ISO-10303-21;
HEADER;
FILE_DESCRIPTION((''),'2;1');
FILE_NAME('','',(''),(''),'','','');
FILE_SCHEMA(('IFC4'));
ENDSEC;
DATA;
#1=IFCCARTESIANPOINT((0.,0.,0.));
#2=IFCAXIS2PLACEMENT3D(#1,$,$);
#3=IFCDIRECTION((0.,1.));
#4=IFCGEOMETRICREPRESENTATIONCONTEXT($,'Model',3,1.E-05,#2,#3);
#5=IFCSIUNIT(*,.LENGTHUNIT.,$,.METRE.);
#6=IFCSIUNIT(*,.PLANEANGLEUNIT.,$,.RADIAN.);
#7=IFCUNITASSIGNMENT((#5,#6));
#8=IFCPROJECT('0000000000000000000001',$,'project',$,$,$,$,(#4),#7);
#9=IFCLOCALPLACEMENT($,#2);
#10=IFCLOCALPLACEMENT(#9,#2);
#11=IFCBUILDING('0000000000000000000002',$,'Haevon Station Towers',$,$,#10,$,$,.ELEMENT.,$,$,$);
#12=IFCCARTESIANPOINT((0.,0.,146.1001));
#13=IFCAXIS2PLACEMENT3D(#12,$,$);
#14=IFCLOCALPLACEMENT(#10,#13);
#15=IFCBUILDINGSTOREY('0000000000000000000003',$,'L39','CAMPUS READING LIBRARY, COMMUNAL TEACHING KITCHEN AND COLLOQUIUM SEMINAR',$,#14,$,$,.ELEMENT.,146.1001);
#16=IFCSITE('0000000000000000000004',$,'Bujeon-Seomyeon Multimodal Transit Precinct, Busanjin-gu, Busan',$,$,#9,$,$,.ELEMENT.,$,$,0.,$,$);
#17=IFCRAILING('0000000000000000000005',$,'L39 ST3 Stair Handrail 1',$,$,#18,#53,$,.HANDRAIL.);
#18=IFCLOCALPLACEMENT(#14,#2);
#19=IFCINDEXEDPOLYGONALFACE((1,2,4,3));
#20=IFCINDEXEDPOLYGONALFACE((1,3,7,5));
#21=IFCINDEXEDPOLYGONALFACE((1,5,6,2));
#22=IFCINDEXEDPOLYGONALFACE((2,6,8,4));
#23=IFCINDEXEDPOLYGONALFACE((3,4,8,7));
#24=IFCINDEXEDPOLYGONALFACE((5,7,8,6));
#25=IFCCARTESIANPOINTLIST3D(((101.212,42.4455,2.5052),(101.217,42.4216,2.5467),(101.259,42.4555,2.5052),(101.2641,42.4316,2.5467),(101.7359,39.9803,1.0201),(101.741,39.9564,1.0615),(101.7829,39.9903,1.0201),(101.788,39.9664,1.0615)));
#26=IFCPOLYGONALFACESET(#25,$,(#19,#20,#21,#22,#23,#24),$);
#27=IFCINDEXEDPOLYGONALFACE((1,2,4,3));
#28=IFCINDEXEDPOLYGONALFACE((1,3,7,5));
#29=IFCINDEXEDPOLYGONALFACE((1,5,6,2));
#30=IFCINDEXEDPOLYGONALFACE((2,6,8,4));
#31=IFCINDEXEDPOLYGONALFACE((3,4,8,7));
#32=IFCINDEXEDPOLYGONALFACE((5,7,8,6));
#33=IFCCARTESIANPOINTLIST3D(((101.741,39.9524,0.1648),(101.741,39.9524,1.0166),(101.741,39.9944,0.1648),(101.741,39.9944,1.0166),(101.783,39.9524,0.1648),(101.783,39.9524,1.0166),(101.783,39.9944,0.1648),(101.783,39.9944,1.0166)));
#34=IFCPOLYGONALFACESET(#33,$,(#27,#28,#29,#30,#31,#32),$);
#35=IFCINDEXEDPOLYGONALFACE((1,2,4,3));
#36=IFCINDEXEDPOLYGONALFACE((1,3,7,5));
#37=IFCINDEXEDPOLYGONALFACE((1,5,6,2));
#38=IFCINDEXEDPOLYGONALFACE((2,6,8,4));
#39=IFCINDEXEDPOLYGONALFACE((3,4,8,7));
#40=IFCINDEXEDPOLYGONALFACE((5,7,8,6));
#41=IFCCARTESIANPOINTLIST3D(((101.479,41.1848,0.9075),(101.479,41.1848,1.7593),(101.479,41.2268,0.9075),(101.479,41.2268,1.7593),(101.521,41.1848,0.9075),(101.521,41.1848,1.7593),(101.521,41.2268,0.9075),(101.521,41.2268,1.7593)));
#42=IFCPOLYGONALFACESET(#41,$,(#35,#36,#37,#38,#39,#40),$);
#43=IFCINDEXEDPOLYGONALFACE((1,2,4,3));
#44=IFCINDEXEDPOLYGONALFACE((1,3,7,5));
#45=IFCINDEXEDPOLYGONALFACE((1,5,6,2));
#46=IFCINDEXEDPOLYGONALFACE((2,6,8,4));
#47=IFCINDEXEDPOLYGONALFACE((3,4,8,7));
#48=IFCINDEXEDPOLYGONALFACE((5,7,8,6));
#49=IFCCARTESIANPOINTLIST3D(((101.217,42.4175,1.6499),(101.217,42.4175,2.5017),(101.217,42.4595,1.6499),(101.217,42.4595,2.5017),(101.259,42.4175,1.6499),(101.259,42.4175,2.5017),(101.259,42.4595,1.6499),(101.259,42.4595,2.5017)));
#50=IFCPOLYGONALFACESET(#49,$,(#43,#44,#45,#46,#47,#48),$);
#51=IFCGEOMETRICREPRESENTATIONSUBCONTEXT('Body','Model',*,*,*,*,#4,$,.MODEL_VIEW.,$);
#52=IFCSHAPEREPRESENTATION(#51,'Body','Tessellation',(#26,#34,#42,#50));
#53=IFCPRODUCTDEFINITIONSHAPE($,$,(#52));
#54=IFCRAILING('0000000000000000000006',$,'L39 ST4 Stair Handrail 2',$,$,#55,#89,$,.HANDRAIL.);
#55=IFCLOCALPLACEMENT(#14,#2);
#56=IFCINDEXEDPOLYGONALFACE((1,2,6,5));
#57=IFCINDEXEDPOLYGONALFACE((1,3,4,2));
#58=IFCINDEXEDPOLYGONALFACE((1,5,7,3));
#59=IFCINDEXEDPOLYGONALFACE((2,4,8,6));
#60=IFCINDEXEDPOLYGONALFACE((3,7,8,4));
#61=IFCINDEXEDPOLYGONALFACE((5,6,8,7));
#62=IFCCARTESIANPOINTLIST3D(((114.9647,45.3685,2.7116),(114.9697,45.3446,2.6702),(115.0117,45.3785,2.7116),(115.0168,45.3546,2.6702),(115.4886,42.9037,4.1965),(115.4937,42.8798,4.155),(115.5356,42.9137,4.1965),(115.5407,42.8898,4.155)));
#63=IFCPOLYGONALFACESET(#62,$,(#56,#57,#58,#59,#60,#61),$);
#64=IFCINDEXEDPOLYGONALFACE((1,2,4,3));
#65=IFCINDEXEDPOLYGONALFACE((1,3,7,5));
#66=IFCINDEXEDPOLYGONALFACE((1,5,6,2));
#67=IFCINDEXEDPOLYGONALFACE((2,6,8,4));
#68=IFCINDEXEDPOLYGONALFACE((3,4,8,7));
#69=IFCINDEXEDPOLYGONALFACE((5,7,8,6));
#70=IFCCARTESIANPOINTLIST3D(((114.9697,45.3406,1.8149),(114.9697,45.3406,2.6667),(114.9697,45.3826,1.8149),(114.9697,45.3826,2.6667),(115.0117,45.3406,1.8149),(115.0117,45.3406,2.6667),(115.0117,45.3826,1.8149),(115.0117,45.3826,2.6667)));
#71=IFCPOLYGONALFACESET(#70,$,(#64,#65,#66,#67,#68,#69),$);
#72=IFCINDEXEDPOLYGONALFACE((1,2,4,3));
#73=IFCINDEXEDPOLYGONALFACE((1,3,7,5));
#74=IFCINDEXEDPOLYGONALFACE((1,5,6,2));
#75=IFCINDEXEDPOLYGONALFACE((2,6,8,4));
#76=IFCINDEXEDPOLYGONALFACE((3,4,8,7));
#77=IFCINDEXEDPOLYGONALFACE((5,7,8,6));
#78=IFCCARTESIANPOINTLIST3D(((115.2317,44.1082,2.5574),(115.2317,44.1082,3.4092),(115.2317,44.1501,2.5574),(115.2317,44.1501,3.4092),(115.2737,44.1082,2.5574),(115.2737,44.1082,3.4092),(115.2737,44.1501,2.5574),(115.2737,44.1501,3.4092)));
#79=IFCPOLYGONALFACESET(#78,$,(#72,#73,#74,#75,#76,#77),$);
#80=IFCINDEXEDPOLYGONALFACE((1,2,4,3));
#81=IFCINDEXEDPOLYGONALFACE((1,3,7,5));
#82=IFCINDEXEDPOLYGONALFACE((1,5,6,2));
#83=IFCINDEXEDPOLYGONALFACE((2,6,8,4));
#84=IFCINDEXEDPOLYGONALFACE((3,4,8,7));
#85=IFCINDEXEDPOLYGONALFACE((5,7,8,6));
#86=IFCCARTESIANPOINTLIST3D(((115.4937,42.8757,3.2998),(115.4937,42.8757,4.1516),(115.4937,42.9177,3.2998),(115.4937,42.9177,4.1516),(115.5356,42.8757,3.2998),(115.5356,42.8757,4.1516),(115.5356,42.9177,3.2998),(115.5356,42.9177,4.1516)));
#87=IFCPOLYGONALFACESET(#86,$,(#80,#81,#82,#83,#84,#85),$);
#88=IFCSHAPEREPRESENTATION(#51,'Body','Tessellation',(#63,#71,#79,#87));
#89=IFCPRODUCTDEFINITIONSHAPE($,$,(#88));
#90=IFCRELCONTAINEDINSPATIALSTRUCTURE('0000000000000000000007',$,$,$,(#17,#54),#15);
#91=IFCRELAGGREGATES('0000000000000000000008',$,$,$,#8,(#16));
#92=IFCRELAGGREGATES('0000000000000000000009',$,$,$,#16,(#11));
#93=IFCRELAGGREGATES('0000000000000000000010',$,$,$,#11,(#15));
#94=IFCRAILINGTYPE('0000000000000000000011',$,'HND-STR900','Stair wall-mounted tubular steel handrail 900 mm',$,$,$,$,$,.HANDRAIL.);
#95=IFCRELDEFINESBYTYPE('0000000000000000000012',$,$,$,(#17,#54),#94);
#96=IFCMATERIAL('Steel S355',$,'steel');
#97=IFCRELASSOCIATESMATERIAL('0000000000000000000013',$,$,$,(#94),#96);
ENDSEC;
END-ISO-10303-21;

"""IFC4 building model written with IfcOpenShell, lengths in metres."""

from ifc_helpers import new_model, si_unit, direction, frame, origin, origin_2d, place, context, subcontext, project, spatial, rectangle, extrude, material, type_object, element, save


model = new_model("IFC4")

# Units and contexts
model_context = context("Model", 3, precision=1e-05, world=origin(), true_north=direction((0.0, 1.0)))
body_context = subcontext(model_context, "Body", "Model", "MODEL_VIEW")
ifc_project = project(units=[si_unit("LENGTHUNIT", "METRE"), si_unit("PLANEANGLEUNIT", "RADIAN")], contexts=[model_context])

# Site, building, storey
site_placement = place(None, origin())
site = spatial("IfcSite", under=ifc_project, at=site_placement, Name="Bujeon-Seomyeon Multimodal Transit Precinct, Busanjin-gu, Busan", CompositionType="ELEMENT", RefElevation=0.0)
building_placement = place(site_placement, origin())
building = spatial("IfcBuilding", under=site, at=building_placement, Name="Haevon Station Towers", CompositionType="ELEMENT")
storey_placement = place(building_placement, frame((0.0, 0.0, 146.1001)))
storey = spatial("IfcBuildingStorey", under=building, at=storey_placement, Name="L39", Description="CAMPUS READING LIBRARY, COMMUNAL TEACHING KITCHEN AND COLLOQUIUM SEMINAR", CompositionType="ELEMENT", Elevation=146.1001)

# Shared definitions
ifc_material_1 = material(Name="Steel S355", Category="steel")

# Railings
railing_type_1 = type_object("IfcRailingType", Name="HND-STR900", Description="Stair wall-mounted tubular steel handrail 900 mm", PredefinedType="HANDRAIL", material=ifc_material_1)
railing_1_placement = place(storey_placement, frame((101.762, 39.9734, 0.1648)))
element("IfcRailing", 1, at=railing_1_placement, inside=storey, type_object=railing_type_1, Name="L39 ST3 Stair Handrail 1", PredefinedType="HANDRAIL", context=body_context, shape_type="SweptSolid", body=[
    extrude(rectangle(XDim=0.0481, YDim=0.0481, at=origin_2d()), frame((0.0, 0.0, 0.876), z_axis=(-0.179109, 0.842712, 0.507697), x_axis=(-0.978151, -0.207895, 0.0)), (0.0, 0.0, 1.0), 2.9253),
    extrude(rectangle(XDim=0.042, YDim=0.042, at=origin_2d()), origin(), (0.0, 0.0, 1.0), 0.8518),
    extrude(rectangle(XDim=0.042, YDim=0.042, at=origin_2d()), frame((-0.262, 1.2324, 0.7427)), (0.0, 0.0, 1.0), 0.8518),
    extrude(rectangle(XDim=0.042, YDim=0.042, at=origin_2d()), frame((-0.5239, 2.4651, 1.4851)), (0.0, 0.0, 1.0), 0.8518),
])
railing_2_placement = place(storey_placement, frame((114.9907, 45.3616, 1.8149)))
element("IfcRailing", 2, at=railing_2_placement, inside=storey, type_object=railing_type_1, Name="L39 ST4 Stair Handrail 2", PredefinedType="HANDRAIL", context=body_context, shape_type="SweptSolid", body=[
    extrude(rectangle(XDim=0.0481, YDim=0.0481, at=origin_2d()), frame((0.0, 0.0, 0.876), z_axis=(0.179129, -0.842724, 0.507671), x_axis=(0.978147, 0.207914, 0.0)), (0.0, 0.0, 1.0), 2.9248),
    extrude(rectangle(XDim=0.042, YDim=0.042, at=origin_2d()), origin(), (0.0, 0.0, 1.0), 0.8518),
    extrude(rectangle(XDim=0.042, YDim=0.042, at=origin_2d()), frame((0.262, -1.2324, 0.7424)), (0.0, 0.0, 1.0), 0.8518),
    extrude(rectangle(XDim=0.042, YDim=0.042, at=origin_2d()), frame((0.5239, -2.4648, 1.4849)), (0.0, 0.0, 1.0), 0.8518),
])

save(model, "model.ifc")
